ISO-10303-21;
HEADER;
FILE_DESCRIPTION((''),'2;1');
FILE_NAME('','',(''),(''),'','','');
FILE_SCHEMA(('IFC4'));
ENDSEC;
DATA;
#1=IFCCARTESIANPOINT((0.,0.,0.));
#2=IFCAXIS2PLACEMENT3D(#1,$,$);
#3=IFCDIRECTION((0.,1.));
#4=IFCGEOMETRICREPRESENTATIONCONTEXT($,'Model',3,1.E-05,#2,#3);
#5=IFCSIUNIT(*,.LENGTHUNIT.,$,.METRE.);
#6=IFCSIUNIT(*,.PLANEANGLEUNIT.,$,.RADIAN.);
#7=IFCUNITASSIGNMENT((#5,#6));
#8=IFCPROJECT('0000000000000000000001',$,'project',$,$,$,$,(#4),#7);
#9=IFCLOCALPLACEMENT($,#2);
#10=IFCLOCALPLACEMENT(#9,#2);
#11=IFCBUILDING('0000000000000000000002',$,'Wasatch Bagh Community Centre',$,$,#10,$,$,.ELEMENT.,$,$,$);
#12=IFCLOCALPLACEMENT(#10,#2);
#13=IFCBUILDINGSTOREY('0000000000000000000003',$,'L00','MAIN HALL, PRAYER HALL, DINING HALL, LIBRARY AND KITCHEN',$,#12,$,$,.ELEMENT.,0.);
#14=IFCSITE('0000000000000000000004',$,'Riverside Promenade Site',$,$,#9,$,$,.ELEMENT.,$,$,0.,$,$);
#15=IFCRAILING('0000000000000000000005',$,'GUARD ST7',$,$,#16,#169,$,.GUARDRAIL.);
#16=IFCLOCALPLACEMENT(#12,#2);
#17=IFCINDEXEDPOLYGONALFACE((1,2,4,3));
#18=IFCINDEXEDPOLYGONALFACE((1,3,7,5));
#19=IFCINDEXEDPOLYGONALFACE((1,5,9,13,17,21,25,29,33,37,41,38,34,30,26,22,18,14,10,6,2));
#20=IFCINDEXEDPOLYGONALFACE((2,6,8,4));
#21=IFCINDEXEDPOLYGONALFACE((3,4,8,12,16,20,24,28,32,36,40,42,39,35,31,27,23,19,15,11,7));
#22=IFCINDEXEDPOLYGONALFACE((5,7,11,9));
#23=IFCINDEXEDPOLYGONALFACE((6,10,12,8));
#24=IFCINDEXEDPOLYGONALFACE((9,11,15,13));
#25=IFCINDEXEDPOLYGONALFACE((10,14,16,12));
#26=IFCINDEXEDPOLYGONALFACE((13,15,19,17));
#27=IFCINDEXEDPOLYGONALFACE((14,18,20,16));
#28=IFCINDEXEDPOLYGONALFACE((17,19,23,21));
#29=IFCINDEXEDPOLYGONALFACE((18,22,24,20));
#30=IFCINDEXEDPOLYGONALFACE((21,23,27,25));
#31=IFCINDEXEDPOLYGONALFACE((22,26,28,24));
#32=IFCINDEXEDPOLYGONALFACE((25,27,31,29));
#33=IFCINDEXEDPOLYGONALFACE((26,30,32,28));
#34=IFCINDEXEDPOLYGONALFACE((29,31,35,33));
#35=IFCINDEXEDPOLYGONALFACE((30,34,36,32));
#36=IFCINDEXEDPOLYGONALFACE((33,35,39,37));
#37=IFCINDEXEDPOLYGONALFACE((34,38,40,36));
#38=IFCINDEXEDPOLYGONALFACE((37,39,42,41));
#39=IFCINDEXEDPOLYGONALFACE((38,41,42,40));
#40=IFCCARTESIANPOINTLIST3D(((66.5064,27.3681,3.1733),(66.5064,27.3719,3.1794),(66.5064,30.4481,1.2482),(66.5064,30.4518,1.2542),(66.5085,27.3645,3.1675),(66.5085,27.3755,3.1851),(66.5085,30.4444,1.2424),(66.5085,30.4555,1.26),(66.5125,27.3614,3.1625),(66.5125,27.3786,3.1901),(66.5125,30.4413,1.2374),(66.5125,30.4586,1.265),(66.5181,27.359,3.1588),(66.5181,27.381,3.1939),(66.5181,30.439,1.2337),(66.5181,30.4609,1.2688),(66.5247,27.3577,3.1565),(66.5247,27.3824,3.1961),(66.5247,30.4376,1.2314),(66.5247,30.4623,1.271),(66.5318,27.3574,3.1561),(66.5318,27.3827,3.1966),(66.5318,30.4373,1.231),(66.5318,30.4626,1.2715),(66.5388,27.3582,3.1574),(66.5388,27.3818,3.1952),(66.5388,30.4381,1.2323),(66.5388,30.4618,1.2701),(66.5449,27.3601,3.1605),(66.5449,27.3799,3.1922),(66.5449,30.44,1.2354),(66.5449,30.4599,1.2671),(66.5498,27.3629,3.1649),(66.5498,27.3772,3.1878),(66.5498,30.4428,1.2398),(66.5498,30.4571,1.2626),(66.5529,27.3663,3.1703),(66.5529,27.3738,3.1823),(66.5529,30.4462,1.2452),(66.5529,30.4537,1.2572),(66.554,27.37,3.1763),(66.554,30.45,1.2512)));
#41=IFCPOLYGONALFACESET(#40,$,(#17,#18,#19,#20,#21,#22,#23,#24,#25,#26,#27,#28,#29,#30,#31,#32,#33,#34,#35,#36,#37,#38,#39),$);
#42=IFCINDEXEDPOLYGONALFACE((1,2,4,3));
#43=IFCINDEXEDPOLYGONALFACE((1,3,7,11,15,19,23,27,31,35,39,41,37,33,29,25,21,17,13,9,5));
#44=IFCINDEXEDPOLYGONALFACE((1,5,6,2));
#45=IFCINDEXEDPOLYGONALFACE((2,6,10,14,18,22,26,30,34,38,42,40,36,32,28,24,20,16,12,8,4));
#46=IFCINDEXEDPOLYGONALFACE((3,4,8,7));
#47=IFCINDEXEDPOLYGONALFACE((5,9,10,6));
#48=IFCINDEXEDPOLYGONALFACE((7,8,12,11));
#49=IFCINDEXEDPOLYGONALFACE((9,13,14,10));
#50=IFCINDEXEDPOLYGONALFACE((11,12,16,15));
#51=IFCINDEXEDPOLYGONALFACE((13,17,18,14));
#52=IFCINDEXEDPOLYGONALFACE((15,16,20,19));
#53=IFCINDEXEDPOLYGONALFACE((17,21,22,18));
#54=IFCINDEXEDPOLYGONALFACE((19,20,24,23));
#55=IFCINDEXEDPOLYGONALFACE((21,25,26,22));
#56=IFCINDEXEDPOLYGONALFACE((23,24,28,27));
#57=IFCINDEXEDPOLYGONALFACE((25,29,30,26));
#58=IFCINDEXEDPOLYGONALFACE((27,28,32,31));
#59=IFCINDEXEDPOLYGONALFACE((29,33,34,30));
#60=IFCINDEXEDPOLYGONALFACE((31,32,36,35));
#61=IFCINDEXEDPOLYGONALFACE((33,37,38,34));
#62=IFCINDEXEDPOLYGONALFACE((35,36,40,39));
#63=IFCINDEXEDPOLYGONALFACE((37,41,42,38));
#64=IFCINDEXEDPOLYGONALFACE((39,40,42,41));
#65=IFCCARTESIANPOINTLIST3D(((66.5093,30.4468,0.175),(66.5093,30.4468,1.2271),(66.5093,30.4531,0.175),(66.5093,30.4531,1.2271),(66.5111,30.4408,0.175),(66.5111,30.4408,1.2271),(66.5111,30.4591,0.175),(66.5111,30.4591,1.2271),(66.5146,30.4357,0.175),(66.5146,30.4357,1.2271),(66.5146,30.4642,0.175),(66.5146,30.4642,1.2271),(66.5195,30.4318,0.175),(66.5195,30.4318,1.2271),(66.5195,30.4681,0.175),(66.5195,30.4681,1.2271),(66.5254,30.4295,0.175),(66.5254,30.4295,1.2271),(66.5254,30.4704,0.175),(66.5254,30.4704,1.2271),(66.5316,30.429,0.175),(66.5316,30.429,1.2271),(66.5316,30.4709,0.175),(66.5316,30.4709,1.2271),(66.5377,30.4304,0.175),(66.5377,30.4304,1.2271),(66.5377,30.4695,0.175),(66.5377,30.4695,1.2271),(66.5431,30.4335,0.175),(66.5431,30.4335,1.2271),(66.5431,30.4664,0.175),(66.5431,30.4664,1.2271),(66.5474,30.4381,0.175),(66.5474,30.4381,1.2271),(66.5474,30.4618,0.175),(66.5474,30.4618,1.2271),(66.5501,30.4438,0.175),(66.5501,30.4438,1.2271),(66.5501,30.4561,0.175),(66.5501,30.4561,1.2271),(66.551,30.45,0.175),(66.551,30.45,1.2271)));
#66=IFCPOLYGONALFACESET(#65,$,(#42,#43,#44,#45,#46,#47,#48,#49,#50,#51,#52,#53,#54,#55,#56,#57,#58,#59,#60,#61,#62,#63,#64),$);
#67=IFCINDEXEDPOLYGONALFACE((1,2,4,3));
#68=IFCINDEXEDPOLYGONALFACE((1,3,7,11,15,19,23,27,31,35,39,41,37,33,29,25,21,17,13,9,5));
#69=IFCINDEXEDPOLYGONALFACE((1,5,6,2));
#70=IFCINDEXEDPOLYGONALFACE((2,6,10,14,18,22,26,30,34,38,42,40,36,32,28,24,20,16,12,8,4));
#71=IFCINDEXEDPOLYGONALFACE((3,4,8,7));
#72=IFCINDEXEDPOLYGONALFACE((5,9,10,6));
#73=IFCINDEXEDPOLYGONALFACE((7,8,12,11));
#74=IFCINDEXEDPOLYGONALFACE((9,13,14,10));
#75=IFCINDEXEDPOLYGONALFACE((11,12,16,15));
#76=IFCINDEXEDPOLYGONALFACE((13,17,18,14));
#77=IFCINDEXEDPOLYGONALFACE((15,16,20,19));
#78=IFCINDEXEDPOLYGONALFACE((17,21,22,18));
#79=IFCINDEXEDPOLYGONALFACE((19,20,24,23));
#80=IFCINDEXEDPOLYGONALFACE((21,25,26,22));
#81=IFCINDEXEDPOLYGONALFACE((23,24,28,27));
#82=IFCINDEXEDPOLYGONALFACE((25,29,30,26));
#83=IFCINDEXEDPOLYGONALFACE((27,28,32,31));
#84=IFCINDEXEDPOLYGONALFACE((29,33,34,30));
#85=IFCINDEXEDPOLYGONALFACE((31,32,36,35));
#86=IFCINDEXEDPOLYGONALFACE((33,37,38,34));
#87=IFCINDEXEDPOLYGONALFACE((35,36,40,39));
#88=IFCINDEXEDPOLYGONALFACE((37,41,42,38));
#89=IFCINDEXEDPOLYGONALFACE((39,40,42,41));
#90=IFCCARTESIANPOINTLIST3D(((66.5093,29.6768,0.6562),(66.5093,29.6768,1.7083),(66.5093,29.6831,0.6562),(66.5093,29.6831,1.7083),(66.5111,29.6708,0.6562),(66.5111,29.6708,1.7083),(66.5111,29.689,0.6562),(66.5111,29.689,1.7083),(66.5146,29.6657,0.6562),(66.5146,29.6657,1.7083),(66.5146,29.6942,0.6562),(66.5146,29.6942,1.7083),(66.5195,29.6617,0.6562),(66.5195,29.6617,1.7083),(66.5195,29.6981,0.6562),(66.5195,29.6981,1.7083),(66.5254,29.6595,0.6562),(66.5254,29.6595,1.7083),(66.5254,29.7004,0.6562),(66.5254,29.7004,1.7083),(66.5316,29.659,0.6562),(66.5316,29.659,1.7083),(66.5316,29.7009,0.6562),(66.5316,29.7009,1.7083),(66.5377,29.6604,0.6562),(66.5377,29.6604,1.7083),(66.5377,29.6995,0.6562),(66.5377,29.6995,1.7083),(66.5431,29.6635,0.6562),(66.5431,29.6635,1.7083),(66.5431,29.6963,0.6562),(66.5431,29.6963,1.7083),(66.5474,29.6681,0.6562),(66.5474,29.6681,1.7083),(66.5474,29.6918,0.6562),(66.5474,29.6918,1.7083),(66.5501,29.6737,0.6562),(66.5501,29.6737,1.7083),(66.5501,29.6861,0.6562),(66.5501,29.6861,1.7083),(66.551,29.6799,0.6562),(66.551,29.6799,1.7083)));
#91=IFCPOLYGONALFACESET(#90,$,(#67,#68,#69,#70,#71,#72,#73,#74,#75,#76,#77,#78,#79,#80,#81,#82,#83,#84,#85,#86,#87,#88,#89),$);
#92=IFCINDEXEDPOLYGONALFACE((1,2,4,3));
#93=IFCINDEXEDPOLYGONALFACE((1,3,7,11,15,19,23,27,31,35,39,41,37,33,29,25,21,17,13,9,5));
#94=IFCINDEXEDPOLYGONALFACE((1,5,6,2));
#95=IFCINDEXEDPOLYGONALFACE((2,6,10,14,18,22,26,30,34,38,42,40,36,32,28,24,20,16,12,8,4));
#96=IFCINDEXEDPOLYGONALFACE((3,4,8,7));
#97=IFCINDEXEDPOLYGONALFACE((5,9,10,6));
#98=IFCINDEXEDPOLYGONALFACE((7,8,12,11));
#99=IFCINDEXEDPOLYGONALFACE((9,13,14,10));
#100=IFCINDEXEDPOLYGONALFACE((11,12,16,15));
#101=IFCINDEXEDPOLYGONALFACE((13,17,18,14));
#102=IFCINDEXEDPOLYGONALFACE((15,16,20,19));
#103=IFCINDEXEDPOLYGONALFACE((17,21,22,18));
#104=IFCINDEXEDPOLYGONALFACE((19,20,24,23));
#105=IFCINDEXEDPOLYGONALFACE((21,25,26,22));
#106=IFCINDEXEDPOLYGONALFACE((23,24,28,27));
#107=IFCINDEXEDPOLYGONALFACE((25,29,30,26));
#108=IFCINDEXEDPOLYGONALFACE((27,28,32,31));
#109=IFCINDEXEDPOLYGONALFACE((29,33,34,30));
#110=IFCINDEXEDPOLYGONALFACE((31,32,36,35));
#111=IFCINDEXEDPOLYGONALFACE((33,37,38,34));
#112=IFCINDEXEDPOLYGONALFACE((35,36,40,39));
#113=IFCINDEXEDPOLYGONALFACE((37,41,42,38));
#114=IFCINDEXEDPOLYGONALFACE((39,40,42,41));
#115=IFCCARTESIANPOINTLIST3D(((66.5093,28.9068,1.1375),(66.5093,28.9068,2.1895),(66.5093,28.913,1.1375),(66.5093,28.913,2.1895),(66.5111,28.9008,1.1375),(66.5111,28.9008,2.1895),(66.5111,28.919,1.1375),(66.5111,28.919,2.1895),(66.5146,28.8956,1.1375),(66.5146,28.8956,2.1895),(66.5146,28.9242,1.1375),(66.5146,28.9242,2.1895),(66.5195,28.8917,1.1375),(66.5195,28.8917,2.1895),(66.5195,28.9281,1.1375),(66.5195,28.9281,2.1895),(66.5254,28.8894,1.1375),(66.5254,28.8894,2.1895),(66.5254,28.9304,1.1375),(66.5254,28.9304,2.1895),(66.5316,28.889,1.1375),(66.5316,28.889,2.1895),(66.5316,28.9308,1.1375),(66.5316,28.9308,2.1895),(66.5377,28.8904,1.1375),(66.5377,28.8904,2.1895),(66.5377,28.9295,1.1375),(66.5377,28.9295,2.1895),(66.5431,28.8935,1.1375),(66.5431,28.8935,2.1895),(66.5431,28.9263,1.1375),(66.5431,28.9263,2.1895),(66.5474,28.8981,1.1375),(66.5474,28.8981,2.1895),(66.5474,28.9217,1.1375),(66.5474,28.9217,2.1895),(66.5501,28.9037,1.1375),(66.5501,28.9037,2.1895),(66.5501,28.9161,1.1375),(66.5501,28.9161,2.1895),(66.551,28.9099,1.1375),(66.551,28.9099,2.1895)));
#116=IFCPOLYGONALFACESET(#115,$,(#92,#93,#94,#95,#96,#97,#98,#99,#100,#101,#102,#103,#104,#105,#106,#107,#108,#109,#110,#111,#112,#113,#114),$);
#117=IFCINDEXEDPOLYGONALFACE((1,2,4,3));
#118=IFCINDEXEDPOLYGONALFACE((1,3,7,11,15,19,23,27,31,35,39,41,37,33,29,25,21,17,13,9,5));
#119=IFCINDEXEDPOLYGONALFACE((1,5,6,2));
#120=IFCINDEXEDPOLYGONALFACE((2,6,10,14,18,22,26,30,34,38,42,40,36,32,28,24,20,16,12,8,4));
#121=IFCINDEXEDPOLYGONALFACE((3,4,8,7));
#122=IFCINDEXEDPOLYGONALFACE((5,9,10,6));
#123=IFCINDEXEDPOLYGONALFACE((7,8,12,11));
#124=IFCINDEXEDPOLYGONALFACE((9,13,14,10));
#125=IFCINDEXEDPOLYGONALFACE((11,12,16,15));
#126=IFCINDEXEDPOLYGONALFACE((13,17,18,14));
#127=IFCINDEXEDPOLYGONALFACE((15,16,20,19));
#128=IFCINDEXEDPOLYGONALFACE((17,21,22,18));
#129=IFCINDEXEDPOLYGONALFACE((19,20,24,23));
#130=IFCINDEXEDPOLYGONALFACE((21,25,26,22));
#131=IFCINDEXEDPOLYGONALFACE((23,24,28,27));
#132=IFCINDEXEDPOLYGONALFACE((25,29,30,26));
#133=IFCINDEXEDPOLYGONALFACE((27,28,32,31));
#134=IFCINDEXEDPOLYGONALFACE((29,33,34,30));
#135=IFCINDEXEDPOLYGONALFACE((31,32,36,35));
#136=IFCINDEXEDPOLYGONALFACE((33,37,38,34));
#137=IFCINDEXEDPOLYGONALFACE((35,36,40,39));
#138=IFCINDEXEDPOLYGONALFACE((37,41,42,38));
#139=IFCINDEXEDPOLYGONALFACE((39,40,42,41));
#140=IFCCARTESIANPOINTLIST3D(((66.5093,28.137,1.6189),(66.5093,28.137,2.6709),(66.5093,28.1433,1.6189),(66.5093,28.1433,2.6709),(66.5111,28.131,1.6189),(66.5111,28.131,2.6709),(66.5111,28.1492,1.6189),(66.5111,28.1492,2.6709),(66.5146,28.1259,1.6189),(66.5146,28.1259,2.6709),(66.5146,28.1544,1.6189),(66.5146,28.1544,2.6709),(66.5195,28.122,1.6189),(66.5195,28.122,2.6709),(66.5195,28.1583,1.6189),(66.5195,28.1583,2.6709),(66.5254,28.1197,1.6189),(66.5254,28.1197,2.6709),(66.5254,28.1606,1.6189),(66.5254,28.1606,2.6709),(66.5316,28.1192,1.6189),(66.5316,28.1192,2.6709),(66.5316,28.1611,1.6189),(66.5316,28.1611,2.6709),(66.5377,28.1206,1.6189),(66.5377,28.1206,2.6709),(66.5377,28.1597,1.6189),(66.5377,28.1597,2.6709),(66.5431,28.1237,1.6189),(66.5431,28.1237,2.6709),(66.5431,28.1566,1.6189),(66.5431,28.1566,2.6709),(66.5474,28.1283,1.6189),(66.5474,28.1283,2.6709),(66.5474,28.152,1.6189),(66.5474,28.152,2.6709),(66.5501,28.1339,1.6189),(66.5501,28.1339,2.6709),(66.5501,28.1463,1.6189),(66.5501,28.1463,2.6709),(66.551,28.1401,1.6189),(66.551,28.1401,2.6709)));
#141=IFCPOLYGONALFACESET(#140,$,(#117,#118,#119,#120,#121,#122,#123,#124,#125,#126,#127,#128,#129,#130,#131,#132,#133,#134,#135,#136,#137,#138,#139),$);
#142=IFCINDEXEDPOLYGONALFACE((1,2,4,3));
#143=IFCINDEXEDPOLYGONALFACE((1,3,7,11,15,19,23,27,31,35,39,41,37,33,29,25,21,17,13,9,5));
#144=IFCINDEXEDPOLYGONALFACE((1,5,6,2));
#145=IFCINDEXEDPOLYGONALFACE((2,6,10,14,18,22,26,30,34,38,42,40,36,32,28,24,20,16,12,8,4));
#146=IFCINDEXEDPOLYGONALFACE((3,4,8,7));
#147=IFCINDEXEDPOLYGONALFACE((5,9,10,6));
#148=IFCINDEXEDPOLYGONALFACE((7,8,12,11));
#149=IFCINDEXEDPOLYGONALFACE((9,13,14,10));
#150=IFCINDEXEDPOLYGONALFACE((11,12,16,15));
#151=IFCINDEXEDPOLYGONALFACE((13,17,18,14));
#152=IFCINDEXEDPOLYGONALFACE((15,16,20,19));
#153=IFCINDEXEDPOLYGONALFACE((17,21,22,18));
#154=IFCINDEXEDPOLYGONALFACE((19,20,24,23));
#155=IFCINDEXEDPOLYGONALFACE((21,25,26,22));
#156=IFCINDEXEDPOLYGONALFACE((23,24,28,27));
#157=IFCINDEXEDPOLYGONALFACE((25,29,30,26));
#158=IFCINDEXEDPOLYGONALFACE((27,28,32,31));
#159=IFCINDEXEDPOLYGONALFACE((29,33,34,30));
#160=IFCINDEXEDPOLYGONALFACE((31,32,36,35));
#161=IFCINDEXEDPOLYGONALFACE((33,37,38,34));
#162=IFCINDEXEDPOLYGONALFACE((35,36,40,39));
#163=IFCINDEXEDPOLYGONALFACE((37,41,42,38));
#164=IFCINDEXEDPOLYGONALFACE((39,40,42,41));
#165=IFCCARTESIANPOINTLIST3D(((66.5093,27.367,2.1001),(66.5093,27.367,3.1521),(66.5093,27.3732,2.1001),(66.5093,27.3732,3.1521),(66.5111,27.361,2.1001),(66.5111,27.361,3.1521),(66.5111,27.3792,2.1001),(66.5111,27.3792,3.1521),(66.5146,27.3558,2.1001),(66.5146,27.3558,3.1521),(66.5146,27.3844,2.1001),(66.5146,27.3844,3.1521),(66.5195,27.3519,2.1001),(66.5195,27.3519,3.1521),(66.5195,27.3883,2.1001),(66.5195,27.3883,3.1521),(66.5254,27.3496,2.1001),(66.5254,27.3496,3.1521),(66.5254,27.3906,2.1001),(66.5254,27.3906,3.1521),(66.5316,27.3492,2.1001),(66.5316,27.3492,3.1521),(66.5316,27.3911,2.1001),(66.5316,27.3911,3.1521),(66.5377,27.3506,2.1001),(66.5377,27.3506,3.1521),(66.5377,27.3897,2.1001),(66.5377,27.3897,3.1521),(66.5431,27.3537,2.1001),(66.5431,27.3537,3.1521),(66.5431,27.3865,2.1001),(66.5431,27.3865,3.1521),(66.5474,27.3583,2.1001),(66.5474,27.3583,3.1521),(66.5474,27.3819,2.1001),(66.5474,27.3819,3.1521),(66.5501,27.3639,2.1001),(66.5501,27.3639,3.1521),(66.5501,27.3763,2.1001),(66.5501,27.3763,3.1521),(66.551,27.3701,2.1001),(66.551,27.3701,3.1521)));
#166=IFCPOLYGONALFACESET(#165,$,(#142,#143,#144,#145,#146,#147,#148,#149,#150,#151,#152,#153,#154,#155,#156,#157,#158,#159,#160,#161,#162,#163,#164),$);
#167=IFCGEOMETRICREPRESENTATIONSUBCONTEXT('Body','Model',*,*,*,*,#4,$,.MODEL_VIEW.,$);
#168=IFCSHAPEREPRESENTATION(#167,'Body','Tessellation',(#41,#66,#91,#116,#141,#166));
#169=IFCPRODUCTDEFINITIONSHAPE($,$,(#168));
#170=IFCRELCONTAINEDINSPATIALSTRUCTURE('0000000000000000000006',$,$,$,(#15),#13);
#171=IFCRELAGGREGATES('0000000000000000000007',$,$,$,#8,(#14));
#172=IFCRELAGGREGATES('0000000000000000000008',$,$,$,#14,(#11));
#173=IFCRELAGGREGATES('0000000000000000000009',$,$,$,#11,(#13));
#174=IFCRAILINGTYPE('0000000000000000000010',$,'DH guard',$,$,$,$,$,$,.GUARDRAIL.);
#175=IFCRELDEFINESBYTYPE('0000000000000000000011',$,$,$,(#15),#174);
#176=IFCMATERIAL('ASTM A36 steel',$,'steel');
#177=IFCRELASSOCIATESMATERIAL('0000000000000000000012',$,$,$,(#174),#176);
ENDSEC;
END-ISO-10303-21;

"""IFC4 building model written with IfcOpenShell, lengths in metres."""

from ifc_helpers import new_model, si_unit, direction, frame, origin, origin_2d, place, context, subcontext, project, spatial, circle, extrude, material, type_object, element, save


model = new_model("IFC4")

# Units and contexts
model_context = context("Model", 3, precision=1e-05, world=origin(), true_north=direction((0.0, 1.0)))
body_context = subcontext(model_context, "Body", "Model", "MODEL_VIEW")
ifc_project = project(units=[si_unit("LENGTHUNIT", "METRE"), si_unit("PLANEANGLEUNIT", "RADIAN")], contexts=[model_context])

# Site, building, storey
site_placement = place(None, origin())
site = spatial("IfcSite", under=ifc_project, at=site_placement, Name="Riverside Promenade Site", CompositionType="ELEMENT", RefElevation=0.0)
building_placement = place(site_placement, origin())
building = spatial("IfcBuilding", under=site, at=building_placement, Name="Wasatch Bagh Community Centre", CompositionType="ELEMENT")
storey_placement = place(building_placement, origin())
storey = spatial("IfcBuildingStorey", under=building, at=storey_placement, Name="L00", Description="MAIN HALL, PRAYER HALL, DINING HALL, LIBRARY AND KITCHEN", CompositionType="ELEMENT", Elevation=0.0)

# Railing
ifc_material_1 = material(Name="ASTM A36 steel", Category="steel")
railing_type_1 = type_object("IfcRailingType", Name="DH guard", PredefinedType="GUARDRAIL", material=ifc_material_1)
for number, where, name in (
    (1, (66.53, 30.45, 0.175), "GUARD ST7"),
):
    element("IfcRailing", number, at=place(storey_placement, frame(where)), inside=storey, type_object=railing_type_1, Name=name, PredefinedType="GUARDRAIL", context=body_context, shape_type="SweptSolid", body=[
        extrude(circle(Radius=0.0239, at=origin_2d()), frame((0.0, 0.0, 1.0762), z_axis=(0.0, -0.847979, 0.530029), x_axis=(1.0, 0.0, 0.0)), (0.0, 0.0, 1.0), 3.6321),
        extrude(circle(Radius=0.021, at=origin_2d()), origin(), (0.0, 0.0, 1.0), 1.052),
        extrude(circle(Radius=0.021, at=origin_2d()), frame((0.0, -0.77, 0.4812)), (0.0, 0.0, 1.0), 1.052),
        extrude(circle(Radius=0.021, at=origin_2d()), frame((0.0, -1.54, 0.9624)), (0.0, 0.0, 1.0), 1.052),
        extrude(circle(Radius=0.021, at=origin_2d()), frame((0.0, -2.3098, 1.4438)), (0.0, 0.0, 1.0), 1.052),
        extrude(circle(Radius=0.021, at=origin_2d()), frame((0.0, -3.0798, 1.925)), (0.0, 0.0, 1.0), 1.052),
    ])

save(model, "model.ifc")
